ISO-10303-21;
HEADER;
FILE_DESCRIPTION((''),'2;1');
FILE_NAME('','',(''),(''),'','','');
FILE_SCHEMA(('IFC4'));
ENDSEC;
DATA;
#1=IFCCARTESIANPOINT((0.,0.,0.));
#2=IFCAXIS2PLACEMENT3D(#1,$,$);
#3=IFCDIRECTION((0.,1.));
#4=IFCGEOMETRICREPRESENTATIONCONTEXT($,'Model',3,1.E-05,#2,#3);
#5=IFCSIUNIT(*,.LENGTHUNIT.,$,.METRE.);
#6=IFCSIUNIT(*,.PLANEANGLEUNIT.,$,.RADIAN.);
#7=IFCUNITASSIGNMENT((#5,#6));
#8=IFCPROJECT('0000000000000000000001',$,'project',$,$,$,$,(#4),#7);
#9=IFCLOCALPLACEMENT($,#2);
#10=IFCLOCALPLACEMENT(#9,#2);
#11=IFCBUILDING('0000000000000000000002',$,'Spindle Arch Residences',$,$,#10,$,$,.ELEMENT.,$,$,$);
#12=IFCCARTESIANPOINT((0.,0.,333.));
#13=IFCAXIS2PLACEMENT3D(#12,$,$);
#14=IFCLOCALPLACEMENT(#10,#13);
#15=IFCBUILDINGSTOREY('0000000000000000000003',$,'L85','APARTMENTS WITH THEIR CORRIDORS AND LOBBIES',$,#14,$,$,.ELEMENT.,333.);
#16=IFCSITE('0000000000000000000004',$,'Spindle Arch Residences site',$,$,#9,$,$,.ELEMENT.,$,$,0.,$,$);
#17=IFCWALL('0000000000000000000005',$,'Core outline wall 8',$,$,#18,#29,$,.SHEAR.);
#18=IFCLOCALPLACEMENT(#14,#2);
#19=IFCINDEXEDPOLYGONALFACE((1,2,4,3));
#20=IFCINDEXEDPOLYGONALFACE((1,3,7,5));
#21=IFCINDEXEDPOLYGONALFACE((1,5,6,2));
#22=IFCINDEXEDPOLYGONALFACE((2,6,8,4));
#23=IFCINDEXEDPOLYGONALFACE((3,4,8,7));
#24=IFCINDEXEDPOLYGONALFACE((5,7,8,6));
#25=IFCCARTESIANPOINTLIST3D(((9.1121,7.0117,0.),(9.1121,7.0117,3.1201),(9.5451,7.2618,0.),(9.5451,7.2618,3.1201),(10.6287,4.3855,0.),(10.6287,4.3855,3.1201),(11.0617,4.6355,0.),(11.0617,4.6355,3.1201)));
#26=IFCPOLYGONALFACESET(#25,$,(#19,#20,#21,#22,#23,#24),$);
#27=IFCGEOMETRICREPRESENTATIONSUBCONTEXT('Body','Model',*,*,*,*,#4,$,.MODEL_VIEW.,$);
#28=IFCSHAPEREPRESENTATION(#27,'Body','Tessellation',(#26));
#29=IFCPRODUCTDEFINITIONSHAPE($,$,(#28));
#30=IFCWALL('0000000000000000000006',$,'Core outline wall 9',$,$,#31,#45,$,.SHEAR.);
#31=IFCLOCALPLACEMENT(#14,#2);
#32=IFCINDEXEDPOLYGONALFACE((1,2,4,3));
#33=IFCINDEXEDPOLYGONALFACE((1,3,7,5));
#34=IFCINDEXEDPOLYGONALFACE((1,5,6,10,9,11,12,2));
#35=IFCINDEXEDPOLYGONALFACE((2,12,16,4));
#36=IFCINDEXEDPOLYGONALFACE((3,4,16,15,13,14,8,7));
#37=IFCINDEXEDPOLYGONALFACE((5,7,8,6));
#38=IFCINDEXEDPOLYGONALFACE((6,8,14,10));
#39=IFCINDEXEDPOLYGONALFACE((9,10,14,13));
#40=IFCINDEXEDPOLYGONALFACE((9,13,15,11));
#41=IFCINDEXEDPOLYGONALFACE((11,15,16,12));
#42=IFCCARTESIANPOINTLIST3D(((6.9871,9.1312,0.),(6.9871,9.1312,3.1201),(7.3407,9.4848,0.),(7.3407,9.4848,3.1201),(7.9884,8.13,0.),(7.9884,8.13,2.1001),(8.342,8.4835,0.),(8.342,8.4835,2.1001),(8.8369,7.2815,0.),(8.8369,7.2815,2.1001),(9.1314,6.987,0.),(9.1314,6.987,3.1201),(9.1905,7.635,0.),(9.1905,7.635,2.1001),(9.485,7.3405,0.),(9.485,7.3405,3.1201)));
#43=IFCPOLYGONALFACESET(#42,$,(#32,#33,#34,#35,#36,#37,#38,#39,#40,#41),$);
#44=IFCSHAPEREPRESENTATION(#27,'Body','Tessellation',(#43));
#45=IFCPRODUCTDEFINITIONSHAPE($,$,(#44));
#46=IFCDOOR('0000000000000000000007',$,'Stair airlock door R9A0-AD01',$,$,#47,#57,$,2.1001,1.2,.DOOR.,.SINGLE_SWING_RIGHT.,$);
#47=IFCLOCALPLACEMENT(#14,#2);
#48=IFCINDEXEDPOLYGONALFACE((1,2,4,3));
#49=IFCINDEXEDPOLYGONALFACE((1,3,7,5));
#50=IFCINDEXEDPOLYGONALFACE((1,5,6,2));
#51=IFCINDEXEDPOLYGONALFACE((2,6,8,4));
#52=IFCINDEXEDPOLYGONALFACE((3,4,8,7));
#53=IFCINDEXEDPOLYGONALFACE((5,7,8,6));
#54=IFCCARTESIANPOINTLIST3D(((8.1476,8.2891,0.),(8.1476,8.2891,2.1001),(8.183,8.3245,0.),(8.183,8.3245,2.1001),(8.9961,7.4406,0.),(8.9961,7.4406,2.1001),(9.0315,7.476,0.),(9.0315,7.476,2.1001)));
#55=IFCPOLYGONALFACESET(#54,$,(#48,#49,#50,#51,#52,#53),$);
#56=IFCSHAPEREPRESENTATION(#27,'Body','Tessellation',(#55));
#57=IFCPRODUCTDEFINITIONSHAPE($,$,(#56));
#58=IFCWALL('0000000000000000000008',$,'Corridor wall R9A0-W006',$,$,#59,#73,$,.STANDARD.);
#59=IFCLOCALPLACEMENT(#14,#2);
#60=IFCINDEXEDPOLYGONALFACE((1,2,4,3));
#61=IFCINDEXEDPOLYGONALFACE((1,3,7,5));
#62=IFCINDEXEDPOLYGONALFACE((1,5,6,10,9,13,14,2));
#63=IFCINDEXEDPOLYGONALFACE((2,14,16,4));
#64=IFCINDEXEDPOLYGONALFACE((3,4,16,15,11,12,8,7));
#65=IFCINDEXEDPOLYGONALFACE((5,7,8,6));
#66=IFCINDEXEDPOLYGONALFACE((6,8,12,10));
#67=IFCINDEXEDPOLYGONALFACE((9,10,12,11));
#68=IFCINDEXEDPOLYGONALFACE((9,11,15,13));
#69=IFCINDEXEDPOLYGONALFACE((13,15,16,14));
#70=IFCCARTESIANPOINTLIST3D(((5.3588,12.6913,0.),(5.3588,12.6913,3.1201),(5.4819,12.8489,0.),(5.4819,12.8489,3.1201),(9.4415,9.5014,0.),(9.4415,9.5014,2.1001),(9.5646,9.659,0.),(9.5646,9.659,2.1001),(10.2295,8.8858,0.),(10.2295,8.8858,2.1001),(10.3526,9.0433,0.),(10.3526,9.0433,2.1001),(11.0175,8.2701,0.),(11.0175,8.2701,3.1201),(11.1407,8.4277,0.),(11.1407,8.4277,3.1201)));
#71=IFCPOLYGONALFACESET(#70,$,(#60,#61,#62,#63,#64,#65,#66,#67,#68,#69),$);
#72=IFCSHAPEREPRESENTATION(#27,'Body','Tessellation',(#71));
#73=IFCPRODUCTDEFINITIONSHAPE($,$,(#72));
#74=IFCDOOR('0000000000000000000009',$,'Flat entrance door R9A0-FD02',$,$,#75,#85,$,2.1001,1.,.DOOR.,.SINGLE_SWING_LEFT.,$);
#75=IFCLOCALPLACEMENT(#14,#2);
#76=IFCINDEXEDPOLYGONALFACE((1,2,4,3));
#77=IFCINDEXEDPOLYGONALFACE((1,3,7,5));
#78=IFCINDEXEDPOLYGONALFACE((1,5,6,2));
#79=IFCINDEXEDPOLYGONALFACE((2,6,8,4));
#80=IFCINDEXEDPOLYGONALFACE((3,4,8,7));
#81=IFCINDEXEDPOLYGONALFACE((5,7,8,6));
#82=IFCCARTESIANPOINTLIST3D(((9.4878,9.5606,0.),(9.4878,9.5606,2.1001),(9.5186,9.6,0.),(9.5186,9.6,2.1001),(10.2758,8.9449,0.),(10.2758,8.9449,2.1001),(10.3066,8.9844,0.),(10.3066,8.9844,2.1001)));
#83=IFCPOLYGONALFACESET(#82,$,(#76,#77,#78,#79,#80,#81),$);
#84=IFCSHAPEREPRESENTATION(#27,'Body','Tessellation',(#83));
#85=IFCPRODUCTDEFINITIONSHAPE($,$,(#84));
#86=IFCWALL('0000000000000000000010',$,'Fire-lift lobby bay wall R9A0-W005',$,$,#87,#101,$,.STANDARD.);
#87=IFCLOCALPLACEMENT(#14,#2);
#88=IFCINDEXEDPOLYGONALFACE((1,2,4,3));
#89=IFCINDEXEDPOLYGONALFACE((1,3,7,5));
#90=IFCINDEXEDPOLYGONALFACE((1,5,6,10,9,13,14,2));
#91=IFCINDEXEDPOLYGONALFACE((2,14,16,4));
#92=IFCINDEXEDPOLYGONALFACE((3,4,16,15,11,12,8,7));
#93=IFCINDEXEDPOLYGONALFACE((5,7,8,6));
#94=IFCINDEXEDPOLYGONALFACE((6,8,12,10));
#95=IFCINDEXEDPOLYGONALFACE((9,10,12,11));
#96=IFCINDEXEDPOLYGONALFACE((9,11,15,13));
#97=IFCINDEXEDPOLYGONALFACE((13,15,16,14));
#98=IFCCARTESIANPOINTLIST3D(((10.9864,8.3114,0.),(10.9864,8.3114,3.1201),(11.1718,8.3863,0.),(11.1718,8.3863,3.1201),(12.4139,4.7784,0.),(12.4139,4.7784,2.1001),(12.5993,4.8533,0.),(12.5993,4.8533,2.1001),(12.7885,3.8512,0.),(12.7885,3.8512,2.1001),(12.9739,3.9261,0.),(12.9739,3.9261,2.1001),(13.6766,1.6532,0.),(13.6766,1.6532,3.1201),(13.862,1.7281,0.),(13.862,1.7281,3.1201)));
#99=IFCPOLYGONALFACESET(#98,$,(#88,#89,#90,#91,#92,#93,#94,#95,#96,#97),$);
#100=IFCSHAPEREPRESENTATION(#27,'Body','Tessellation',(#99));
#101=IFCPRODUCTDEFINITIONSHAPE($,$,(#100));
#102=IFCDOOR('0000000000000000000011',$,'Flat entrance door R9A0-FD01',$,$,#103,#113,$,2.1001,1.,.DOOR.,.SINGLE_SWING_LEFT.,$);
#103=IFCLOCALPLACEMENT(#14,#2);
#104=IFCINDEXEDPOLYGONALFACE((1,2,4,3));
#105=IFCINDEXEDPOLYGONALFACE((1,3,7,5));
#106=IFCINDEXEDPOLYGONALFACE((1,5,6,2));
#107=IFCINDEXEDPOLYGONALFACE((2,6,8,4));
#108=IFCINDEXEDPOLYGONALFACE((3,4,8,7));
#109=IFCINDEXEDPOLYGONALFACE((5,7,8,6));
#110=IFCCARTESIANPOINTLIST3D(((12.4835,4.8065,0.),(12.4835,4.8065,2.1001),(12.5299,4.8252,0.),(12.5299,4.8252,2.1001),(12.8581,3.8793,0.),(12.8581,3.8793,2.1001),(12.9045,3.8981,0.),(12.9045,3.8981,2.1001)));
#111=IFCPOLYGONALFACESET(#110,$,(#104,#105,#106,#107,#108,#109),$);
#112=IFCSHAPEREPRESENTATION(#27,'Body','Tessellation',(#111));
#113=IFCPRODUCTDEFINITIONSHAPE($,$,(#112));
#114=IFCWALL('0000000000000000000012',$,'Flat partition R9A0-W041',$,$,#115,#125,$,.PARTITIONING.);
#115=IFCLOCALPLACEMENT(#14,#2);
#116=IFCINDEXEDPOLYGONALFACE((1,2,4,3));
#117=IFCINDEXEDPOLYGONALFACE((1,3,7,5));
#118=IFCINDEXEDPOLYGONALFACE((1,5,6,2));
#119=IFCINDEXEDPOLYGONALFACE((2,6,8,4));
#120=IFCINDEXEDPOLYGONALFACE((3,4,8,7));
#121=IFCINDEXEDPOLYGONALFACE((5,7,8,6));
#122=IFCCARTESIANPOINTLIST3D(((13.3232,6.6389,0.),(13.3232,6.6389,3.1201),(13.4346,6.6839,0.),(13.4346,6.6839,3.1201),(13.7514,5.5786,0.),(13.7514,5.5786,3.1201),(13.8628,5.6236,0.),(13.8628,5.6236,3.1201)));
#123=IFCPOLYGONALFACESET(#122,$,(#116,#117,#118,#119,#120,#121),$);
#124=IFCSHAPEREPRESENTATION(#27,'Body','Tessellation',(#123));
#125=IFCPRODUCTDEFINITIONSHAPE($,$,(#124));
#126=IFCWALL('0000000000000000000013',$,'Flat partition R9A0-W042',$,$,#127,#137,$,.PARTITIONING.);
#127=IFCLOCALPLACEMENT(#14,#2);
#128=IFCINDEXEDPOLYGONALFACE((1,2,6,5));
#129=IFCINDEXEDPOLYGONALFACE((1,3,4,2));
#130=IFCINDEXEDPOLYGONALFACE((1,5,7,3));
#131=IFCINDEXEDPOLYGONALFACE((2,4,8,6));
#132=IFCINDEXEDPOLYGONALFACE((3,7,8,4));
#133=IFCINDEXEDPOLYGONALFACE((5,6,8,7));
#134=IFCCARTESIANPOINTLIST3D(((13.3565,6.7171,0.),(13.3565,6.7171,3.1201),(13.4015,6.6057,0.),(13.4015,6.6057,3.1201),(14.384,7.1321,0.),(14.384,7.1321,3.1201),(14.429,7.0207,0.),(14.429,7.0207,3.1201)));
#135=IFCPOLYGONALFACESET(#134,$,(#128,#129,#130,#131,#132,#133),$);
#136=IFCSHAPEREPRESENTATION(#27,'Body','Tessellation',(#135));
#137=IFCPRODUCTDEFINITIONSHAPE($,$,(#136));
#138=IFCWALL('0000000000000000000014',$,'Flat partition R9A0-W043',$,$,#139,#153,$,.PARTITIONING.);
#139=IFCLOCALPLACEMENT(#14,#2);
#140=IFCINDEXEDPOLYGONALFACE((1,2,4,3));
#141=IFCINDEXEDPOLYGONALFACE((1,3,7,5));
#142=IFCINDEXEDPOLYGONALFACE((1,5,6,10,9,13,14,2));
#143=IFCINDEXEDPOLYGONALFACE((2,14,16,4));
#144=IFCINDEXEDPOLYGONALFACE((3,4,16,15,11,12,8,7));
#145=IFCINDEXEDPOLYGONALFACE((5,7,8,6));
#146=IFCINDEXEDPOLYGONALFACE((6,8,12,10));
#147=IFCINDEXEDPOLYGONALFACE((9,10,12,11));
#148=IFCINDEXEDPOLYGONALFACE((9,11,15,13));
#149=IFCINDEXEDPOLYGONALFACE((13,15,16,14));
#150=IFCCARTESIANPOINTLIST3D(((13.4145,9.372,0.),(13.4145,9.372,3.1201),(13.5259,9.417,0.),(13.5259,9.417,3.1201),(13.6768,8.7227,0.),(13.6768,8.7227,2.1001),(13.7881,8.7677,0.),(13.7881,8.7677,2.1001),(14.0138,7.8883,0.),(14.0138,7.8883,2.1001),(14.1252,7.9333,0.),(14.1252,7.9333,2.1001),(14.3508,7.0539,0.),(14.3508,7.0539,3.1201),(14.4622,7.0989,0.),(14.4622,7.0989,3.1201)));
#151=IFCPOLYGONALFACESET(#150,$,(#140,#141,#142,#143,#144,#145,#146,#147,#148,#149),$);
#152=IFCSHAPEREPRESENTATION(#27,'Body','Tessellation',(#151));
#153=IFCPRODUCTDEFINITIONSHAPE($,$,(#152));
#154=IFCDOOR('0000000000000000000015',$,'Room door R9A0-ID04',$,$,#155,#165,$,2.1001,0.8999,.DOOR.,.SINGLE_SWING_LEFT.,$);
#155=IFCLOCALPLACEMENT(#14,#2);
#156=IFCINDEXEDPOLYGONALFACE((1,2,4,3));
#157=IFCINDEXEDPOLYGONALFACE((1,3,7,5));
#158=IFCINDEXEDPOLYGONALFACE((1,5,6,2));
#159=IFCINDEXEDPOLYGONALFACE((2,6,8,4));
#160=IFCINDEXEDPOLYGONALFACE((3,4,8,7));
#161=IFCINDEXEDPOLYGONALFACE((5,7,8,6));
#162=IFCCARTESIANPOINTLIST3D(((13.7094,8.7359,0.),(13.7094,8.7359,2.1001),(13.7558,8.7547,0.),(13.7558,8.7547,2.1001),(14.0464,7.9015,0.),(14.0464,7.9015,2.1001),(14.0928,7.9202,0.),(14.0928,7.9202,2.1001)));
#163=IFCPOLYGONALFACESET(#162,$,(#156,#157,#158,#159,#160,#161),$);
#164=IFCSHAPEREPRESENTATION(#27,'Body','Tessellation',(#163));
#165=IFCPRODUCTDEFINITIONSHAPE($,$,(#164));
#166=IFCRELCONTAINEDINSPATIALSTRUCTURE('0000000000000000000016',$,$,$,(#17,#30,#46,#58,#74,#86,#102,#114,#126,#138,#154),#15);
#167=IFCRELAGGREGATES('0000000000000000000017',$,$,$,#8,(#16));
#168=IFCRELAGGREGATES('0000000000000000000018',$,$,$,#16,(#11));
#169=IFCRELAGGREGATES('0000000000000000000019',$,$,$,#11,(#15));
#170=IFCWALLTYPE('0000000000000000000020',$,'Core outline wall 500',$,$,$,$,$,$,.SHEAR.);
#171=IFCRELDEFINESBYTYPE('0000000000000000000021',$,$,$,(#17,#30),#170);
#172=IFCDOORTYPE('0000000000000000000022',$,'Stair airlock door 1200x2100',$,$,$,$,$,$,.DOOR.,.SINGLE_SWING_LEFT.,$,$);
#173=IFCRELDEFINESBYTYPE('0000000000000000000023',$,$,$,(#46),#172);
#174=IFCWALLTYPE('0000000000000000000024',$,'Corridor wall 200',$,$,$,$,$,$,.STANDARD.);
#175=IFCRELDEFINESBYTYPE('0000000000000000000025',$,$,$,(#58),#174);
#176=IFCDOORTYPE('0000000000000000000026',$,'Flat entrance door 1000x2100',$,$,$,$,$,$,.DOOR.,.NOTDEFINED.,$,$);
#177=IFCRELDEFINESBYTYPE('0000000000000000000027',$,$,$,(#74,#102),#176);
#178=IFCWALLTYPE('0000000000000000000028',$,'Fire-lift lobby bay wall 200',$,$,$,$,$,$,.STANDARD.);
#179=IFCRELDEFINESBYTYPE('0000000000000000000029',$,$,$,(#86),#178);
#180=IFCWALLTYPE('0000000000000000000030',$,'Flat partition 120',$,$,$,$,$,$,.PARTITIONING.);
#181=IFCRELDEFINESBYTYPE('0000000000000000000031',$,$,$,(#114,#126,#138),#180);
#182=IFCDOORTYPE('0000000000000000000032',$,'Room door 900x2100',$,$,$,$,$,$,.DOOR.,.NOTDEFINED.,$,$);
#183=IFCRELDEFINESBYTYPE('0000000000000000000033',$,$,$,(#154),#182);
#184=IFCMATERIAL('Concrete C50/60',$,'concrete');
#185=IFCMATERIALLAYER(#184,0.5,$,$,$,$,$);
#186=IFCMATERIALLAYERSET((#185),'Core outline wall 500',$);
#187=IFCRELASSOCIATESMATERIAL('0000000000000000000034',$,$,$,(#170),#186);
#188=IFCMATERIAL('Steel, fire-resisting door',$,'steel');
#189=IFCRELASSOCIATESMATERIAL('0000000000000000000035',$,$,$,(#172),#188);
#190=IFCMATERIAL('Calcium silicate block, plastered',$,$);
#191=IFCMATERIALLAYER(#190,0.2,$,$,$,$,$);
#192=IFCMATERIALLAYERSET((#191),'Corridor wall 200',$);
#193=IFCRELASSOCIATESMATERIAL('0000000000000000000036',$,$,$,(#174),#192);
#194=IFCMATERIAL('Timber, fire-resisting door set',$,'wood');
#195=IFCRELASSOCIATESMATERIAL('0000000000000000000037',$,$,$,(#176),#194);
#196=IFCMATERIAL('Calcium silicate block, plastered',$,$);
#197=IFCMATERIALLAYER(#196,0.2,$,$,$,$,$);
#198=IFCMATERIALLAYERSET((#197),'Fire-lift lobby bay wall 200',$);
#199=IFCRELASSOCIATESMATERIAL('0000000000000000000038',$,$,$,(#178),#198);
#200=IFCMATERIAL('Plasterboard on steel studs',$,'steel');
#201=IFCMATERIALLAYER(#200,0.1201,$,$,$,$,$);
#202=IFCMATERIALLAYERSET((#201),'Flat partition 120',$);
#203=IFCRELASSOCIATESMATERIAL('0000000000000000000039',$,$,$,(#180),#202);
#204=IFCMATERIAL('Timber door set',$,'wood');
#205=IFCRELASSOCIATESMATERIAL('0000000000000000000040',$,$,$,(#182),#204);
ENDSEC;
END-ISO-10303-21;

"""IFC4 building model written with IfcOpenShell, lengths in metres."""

from ifc_helpers import new_model, si_unit, direction, frame, frame_2d, origin, place, context, subcontext, project, spatial, rectangle, extrude, material, layer, layer_set, type_object, element, fill, save


model = new_model("IFC4")

# Units and contexts
model_context = context("Model", 3, precision=1e-05, world=origin(), true_north=direction((0.0, 1.0)))
body_context = subcontext(model_context, "Body", "Model", "MODEL_VIEW")
ifc_project = project(units=[si_unit("LENGTHUNIT", "METRE"), si_unit("PLANEANGLEUNIT", "RADIAN")], contexts=[model_context])

# Site, building, storey
site_placement = place(None, origin())
site = spatial("IfcSite", under=ifc_project, at=site_placement, Name="Spindle Arch Residences site", CompositionType="ELEMENT", RefElevation=0.0)
building_placement = place(site_placement, origin())
building = spatial("IfcBuilding", under=site, at=building_placement, Name="Spindle Arch Residences", CompositionType="ELEMENT")
storey_placement = place(building_placement, frame((0.0, 0.0, 333.0)))
storey = spatial("IfcBuildingStorey", under=building, at=storey_placement, Name="L85", Description="APARTMENTS WITH THEIR CORRIDORS AND LOBBIES", CompositionType="ELEMENT", Elevation=333.0)

# Wall
ifc_material_1 = material(Name="Concrete C50/60", Category="concrete")
ifc_layer_1 = layer(ifc_material_1, 0.5)
ifc_layer_set_1 = layer_set([ifc_layer_1], Name="Core outline wall 500")
wall_type_1 = type_object("IfcWallType", Name="Core outline wall 500", PredefinedType="SHEAR", material=ifc_layer_set_1)
wall_1_placement = place(storey_placement, frame((10.8452, 4.5105, 0.0), z_axis=(0.0, 0.0, 1.0), x_axis=(-0.500087, 0.865975, 0.0)))
element("IfcWall", 1, at=wall_1_placement, inside=storey, type_object=wall_type_1, Name="Core outline wall 8", PredefinedType="SHEAR", context=body_context, shape_type="SweptSolid", body=[
    extrude(rectangle(XDim=3.0327, YDim=0.5, at=frame_2d((1.5164, 0.0))), origin(), (0.0, 0.0, 1.0), 3.1201),
])

# Walls, openings, doors
wall_2_placement = place(storey_placement, frame((9.3081, 7.1638, 0.0), z_axis=(0.0, 0.0, 1.0), x_axis=(-0.707107, 0.707107, 0.0)))
wall_2 = element("IfcWall", 2, at=wall_2_placement, inside=storey, type_object=wall_type_1, Name="Core outline wall 9", PredefinedType="SHEAR", context=body_context, shape_type="SweptSolid", body=[
    extrude(rectangle(XDim=3.0325, YDim=0.5, at=frame_2d((1.5161, 0.0))), origin(), (0.0, 0.0, 1.0), 3.1201),
])
opening_1_placement = place(wall_2_placement, frame((0.4163, 0.0, 0.0)))
opening_1 = element("IfcOpeningElement", 3, at=opening_1_placement, cuts=wall_2, PredefinedType="OPENING", context=body_context, shape_type="SweptSolid", body=[
    extrude(rectangle(XDim=1.2, YDim=2.1001, at=frame_2d((0.6001, 1.05))), frame((0.0, 0.26, 0.0), z_axis=(0.0, -1.0, 0.0), x_axis=(1.0, 0.0, 0.0)), (0.0, 0.0, 1.0), 0.52),
])
ifc_material_2 = material(Name="Steel, fire-resisting door", Category="steel")
door_type_1 = type_object("IfcDoorType", Name="Stair airlock door 1200x2100", OperationType="SINGLE_SWING_LEFT", PredefinedType="DOOR", material=ifc_material_2)
door_1_placement = place(opening_1_placement, origin())
door_1 = element("IfcDoor", 4, at=door_1_placement, inside=storey, type_object=door_type_1, Name="Stair airlock door R9A0-AD01", OperationType="SINGLE_SWING_RIGHT", OverallHeight=2.1001, OverallWidth=1.2, PredefinedType="DOOR", context=body_context, shape_type="SweptSolid", body=[
    extrude(rectangle(XDim=1.2, YDim=2.1001, at=frame_2d((0.6001, 1.05))), frame((0.0, 0.0249, 0.0), z_axis=(0.0, -1.0, 0.0), x_axis=(1.0, 0.0, 0.0)), (0.0, 0.0, 1.0), 0.05),
])
fill(opening_1, door_1)
ifc_material_3 = material(Name="Calcium silicate block, plastered")
ifc_layer_2 = layer(ifc_material_3, 0.2)
ifc_layer_set_2 = layer_set([ifc_layer_2], Name="Corridor wall 200")
wall_type_2 = type_object("IfcWallType", Name="Corridor wall 200", PredefinedType="STANDARD", material=ifc_layer_set_2)
wall_3_placement = place(storey_placement, frame((11.0791, 8.3489, 0.0), z_axis=(0.0, 0.0, 1.0), x_axis=(-0.788005, 0.615669, 0.0)))
wall_3 = element("IfcWall", 5, at=wall_3_placement, inside=storey, type_object=wall_type_2, Name="Corridor wall R9A0-W006", PredefinedType="STANDARD", context=body_context, shape_type="SweptSolid", body=[
    extrude(rectangle(XDim=7.1812, YDim=0.2, at=frame_2d((3.5906, 0.0))), origin(), (0.0, 0.0, 1.0), 3.1201),
])
opening_2_placement = place(wall_3_placement, frame((1.0, 0.0, 0.0)))
opening_2 = element("IfcOpeningElement", 6, at=opening_2_placement, cuts=wall_3, PredefinedType="OPENING", context=body_context, shape_type="SweptSolid", body=[
    extrude(rectangle(XDim=1.0, YDim=2.1001, at=frame_2d((0.5, 1.05))), frame((0.0, 0.1099, 0.0), z_axis=(0.0, -1.0, 0.0), x_axis=(1.0, 0.0, 0.0)), (0.0, 0.0, 1.0), 0.22),
])
ifc_material_4 = material(Name="Timber, fire-resisting door set", Category="wood")
door_type_2 = type_object("IfcDoorType", Name="Flat entrance door 1000x2100", OperationType="NOTDEFINED", PredefinedType="DOOR", material=ifc_material_4)
door_2_placement = place(opening_2_placement, origin())
door_2 = element("IfcDoor", 7, at=door_2_placement, inside=storey, type_object=door_type_2, Name="Flat entrance door R9A0-FD02", OperationType="SINGLE_SWING_LEFT", OverallHeight=2.1001, OverallWidth=1.0, PredefinedType="DOOR", context=body_context, shape_type="SweptSolid", body=[
    extrude(rectangle(XDim=1.0, YDim=2.1001, at=frame_2d((0.5, 1.05))), frame((0.0, 0.0249, 0.0), z_axis=(0.0, -1.0, 0.0), x_axis=(1.0, 0.0, 0.0)), (0.0, 0.0, 1.0), 0.05),
])
fill(opening_2, door_2)
ifc_material_5 = material(Name="Calcium silicate block, plastered")
ifc_layer_3 = layer(ifc_material_5, 0.2)
ifc_layer_set_3 = layer_set([ifc_layer_3], Name="Fire-lift lobby bay wall 200")
wall_type_3 = type_object("IfcWallType", Name="Fire-lift lobby bay wall 200", PredefinedType="STANDARD", material=ifc_layer_set_3)
wall_4_placement = place(storey_placement, frame((13.7693, 1.6907, 0.0), z_axis=(0.0, 0.0, 1.0), x_axis=(-0.374618, 0.927179, 0.0)))
wall_4 = element("IfcWall", 8, at=wall_4_placement, inside=storey, type_object=wall_type_3, Name="Fire-lift lobby bay wall R9A0-W005", PredefinedType="STANDARD", context=body_context, shape_type="SweptSolid", body=[
    extrude(rectangle(XDim=7.1812, YDim=0.2, at=frame_2d((3.5906, 0.0))), origin(), (0.0, 0.0, 1.0), 3.1201),
])
opening_3_placement = place(wall_4_placement, frame((2.3706, 0.0, 0.0)))
opening_3 = element("IfcOpeningElement", 9, at=opening_3_placement, cuts=wall_4, PredefinedType="OPENING", context=body_context, shape_type="SweptSolid", body=[
    extrude(rectangle(XDim=1.0, YDim=2.1001, at=frame_2d((0.5, 1.05))), frame((0.0, 0.1099, 0.0), z_axis=(0.0, -1.0, 0.0), x_axis=(1.0, 0.0, 0.0)), (0.0, 0.0, 1.0), 0.22),
])
door_3_placement = place(opening_3_placement, origin())
door_3 = element("IfcDoor", 10, at=door_3_placement, inside=storey, type_object=door_type_2, Name="Flat entrance door R9A0-FD01", OperationType="SINGLE_SWING_LEFT", OverallHeight=2.1001, OverallWidth=1.0, PredefinedType="DOOR", context=body_context, shape_type="SweptSolid", body=[
    extrude(rectangle(XDim=1.0, YDim=2.1001, at=frame_2d((0.5, 1.05))), frame((0.0, 0.0249, 0.0), z_axis=(0.0, -1.0, 0.0), x_axis=(1.0, 0.0, 0.0)), (0.0, 0.0, 1.0), 0.05),
])
fill(opening_3, door_3)

# Walls
ifc_material_6 = material(Name="Plasterboard on steel studs", Category="steel")
ifc_layer_4 = layer(ifc_material_6, 0.1201)
ifc_layer_set_4 = layer_set([ifc_layer_4], Name="Flat partition 120")
wall_type_4 = type_object("IfcWallType", Name="Flat partition 120", PredefinedType="PARTITIONING", material=ifc_layer_set_4)
wall_5_placement = place(storey_placement, frame((13.8071, 5.6011, 0.0), z_axis=(0.0, 0.0, 1.0), x_axis=(-0.374481, 0.927235, 0.0)))
element("IfcWall", 11, at=wall_5_placement, inside=storey, type_object=wall_type_4, Name="Flat partition R9A0-W041", PredefinedType="PARTITIONING", context=body_context, shape_type="SweptSolid", body=[
    extrude(rectangle(XDim=1.1436, YDim=0.1201, at=frame_2d((0.5718, 0.0))), origin(), (0.0, 0.0, 1.0), 3.1201),
])
wall_6_placement = place(storey_placement, frame((13.3789, 6.6614, 0.0), z_axis=(0.0, 0.0, 1.0), x_axis=(0.927226, 0.374503, 0.0)))
element("IfcWall", 12, at=wall_6_placement, inside=storey, type_object=wall_type_4, Name="Flat partition R9A0-W042", PredefinedType="PARTITIONING", context=body_context, shape_type="SweptSolid", body=[
    extrude(rectangle(XDim=1.1082, YDim=0.1201, at=frame_2d((0.5542, 0.0))), origin(), (0.0, 0.0, 1.0), 3.1201),
])

# Wall, opening, door
wall_7_placement = place(storey_placement, frame((14.4065, 7.0764, 0.0), z_axis=(0.0, 0.0, 1.0), x_axis=(-0.374503, 0.927226, 0.0)))
wall_7 = element("IfcWall", 13, at=wall_7_placement, inside=storey, type_object=wall_type_4, Name="Flat partition R9A0-W043", PredefinedType="PARTITIONING", context=body_context, shape_type="SweptSolid", body=[
    extrude(rectangle(XDim=2.5, YDim=0.1201, at=frame_2d((1.25, 0.0))), origin(), (0.0, 0.0, 1.0), 3.1201),
])
opening_4_placement = place(wall_7_placement, frame((0.8999, 0.0, 0.0)))
opening_4 = element("IfcOpeningElement", 14, at=opening_4_placement, cuts=wall_7, PredefinedType="OPENING", context=body_context, shape_type="SweptSolid", body=[
    extrude(rectangle(XDim=0.8999, YDim=2.1001, at=frame_2d((0.45, 1.05))), frame((0.0, 0.0701, 0.0), z_axis=(0.0, -1.0, 0.0), x_axis=(1.0, 0.0, 0.0)), (0.0, 0.0, 1.0), 0.1401),
])
ifc_material_7 = material(Name="Timber door set", Category="wood")
door_type_3 = type_object("IfcDoorType", Name="Room door 900x2100", OperationType="NOTDEFINED", PredefinedType="DOOR", material=ifc_material_7)
door_4_placement = place(opening_4_placement, origin())
door_4 = element("IfcDoor", 15, at=door_4_placement, inside=storey, type_object=door_type_3, Name="Room door R9A0-ID04", OperationType="SINGLE_SWING_LEFT", OverallHeight=2.1001, OverallWidth=0.8999, PredefinedType="DOOR", context=body_context, shape_type="SweptSolid", body=[
    extrude(rectangle(XDim=0.8999, YDim=2.1001, at=frame_2d((0.45, 1.05))), frame((0.0, 0.0249, 0.0), z_axis=(0.0, -1.0, 0.0), x_axis=(1.0, 0.0, 0.0)), (0.0, 0.0, 1.0), 0.05),
])
fill(opening_4, door_4)

save(model, "model.ifc")
